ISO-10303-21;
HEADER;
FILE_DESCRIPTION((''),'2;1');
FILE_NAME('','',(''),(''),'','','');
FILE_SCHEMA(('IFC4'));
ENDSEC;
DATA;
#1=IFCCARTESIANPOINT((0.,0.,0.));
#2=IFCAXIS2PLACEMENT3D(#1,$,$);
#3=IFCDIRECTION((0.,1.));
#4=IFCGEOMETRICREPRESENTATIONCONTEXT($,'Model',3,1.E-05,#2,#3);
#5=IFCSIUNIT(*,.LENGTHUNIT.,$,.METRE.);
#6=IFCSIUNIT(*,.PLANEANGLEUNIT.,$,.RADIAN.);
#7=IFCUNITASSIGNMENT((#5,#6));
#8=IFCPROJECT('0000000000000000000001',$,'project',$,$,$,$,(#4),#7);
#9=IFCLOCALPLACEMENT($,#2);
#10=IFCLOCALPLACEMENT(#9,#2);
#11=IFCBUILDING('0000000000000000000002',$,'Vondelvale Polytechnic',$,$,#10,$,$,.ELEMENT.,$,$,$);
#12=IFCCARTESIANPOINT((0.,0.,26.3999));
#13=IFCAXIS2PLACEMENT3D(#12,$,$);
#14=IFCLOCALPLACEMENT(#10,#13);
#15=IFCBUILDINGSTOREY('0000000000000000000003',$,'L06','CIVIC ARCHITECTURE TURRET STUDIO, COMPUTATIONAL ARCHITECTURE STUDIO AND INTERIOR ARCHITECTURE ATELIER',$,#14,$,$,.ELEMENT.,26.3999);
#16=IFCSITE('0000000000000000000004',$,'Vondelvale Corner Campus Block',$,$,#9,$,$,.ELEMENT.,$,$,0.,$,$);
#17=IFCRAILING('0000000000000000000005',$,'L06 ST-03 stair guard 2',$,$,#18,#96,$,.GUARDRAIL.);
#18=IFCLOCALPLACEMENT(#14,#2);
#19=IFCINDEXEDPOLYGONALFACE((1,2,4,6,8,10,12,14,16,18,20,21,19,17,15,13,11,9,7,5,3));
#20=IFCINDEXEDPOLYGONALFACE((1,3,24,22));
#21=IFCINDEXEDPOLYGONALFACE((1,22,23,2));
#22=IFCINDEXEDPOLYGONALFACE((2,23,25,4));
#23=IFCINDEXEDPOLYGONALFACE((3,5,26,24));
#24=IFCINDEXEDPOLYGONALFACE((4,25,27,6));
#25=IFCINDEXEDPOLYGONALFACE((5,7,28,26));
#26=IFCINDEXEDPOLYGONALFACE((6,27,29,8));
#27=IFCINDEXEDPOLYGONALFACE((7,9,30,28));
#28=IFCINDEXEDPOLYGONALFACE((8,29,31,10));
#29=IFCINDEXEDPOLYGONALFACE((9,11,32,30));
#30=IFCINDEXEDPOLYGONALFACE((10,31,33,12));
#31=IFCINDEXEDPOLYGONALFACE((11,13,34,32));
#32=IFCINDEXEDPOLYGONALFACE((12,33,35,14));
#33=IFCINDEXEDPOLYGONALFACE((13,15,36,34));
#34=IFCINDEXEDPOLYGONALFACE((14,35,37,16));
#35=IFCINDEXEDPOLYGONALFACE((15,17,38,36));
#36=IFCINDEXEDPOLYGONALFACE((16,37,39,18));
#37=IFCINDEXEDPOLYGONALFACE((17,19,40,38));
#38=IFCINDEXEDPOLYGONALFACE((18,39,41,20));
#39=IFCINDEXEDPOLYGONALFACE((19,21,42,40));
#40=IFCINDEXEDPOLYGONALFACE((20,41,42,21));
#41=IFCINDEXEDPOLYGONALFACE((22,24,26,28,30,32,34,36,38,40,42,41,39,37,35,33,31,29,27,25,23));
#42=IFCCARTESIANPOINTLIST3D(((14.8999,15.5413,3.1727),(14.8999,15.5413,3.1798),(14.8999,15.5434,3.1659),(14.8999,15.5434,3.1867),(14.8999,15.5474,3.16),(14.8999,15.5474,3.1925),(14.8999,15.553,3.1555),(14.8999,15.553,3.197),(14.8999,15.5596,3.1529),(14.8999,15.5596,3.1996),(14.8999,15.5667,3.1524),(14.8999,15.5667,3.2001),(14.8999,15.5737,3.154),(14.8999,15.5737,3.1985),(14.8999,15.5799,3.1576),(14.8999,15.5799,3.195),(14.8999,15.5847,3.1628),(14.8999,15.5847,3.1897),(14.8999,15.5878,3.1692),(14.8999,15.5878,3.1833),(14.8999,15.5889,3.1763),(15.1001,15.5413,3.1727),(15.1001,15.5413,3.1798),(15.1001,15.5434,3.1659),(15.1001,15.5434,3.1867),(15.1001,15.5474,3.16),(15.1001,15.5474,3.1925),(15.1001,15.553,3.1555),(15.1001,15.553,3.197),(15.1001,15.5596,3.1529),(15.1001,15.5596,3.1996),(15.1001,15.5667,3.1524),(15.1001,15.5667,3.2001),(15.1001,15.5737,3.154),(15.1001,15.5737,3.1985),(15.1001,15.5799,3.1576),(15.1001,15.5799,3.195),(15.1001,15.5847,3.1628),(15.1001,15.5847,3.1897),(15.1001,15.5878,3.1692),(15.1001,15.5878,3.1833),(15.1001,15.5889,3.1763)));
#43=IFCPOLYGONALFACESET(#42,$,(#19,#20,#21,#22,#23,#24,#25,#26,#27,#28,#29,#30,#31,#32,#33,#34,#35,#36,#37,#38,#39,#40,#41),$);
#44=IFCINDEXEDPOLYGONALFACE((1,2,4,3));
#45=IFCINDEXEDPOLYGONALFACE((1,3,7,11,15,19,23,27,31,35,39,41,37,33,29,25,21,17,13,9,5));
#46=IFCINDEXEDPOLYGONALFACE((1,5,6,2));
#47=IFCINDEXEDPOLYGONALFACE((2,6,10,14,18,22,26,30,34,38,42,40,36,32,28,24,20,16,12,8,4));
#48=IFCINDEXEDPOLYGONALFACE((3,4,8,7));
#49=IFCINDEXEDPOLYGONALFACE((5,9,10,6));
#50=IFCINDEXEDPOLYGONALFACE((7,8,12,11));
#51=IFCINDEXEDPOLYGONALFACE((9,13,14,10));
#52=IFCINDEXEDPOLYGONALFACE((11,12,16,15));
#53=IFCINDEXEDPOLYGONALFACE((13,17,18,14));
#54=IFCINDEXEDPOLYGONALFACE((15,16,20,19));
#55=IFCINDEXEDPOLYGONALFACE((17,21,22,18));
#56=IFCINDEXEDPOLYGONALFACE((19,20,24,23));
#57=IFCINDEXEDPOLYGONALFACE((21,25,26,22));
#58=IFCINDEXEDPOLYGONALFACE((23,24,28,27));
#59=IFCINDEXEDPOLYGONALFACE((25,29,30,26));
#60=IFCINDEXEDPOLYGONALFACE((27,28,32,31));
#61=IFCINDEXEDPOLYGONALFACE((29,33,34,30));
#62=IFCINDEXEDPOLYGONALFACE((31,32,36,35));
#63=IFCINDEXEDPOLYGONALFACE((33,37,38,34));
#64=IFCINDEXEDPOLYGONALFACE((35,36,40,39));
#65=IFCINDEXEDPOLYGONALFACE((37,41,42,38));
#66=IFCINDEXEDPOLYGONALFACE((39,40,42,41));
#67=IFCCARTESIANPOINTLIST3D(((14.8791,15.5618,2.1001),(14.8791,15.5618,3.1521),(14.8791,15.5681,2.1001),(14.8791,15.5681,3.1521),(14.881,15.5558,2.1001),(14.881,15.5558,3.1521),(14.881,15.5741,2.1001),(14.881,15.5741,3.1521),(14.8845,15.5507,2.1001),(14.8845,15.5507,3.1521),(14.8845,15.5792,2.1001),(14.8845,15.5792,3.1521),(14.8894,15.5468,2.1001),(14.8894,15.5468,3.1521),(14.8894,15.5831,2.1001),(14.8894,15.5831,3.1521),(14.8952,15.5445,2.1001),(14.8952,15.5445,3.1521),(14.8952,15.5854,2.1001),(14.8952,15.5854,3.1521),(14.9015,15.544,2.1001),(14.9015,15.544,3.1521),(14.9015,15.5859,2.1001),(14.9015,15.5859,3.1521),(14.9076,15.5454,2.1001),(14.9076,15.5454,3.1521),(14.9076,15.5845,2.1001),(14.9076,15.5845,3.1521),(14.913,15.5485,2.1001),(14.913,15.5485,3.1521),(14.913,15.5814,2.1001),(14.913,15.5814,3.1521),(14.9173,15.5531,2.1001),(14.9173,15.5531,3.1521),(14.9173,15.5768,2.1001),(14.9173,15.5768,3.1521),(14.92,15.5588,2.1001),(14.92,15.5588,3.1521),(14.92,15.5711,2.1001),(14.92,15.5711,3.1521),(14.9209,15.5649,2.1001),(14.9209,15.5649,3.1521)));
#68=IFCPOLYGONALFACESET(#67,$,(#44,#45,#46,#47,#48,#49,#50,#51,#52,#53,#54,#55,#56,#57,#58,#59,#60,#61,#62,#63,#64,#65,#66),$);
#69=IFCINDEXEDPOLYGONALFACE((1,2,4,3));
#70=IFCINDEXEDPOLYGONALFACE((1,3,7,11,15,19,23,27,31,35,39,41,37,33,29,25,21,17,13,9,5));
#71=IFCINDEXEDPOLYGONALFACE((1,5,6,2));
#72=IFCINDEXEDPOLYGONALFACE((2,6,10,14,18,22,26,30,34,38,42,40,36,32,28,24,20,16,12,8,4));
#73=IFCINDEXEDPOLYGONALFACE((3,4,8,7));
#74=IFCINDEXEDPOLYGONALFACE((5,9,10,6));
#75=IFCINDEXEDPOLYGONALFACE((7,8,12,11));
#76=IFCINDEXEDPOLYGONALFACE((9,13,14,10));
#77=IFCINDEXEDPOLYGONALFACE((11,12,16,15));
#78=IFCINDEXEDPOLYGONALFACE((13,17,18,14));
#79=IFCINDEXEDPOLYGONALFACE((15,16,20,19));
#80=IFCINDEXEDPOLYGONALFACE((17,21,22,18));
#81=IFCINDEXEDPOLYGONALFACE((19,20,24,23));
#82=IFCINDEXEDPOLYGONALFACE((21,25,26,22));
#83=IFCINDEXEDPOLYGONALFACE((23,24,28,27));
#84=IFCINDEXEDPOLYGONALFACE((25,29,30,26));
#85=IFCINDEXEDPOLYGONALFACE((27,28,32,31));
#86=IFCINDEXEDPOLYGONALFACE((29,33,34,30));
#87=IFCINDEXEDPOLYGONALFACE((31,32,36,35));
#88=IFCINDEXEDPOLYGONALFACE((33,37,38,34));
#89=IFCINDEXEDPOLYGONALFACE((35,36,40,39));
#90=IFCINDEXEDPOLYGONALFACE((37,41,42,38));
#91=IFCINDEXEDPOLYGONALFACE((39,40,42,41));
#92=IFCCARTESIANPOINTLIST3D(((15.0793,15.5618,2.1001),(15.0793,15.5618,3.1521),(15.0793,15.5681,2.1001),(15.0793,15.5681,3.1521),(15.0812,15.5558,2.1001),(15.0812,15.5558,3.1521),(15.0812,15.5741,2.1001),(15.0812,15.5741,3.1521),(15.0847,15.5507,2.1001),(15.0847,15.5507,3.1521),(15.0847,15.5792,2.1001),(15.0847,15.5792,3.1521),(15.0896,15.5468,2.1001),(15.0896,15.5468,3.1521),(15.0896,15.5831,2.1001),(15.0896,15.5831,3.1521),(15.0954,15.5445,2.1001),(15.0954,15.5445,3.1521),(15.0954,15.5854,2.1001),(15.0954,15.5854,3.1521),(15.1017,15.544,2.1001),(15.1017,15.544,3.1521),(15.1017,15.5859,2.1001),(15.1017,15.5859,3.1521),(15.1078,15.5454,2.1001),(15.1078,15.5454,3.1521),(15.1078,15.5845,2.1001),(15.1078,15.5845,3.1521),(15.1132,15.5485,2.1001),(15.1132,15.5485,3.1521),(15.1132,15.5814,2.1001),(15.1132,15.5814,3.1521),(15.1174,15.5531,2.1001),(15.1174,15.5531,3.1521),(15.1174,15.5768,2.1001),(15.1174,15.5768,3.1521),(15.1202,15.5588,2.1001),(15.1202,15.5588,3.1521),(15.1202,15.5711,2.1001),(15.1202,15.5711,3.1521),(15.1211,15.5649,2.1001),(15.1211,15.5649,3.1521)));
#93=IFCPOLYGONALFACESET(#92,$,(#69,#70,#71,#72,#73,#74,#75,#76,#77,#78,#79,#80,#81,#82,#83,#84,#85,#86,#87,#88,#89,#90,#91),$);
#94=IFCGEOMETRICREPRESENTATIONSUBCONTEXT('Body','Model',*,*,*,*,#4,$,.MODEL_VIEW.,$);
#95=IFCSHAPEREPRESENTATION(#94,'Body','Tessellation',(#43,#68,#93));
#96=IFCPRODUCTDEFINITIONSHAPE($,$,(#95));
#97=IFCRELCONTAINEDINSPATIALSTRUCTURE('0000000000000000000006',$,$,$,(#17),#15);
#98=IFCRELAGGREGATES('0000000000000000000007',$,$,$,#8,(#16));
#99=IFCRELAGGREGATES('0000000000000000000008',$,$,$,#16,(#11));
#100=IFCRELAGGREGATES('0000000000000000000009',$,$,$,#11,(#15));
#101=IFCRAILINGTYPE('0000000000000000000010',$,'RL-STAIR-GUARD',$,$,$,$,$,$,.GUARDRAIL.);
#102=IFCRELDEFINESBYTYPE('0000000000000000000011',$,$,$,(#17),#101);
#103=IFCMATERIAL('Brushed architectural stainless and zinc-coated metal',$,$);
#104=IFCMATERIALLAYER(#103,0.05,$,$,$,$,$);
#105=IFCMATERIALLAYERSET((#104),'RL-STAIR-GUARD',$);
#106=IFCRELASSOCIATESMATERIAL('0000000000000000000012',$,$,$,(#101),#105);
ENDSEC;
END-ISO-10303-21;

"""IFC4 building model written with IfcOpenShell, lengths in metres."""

from ifc_helpers import new_model, si_unit, direction, frame, origin, origin_2d, place, context, subcontext, project, spatial, circle, extrude, material, layer, layer_set, type_object, element, save


model = new_model("IFC4")

# Units and contexts
model_context = context("Model", 3, precision=1e-05, world=origin(), true_north=direction((0.0, 1.0)))
body_context = subcontext(model_context, "Body", "Model", "MODEL_VIEW")
ifc_project = project(units=[si_unit("LENGTHUNIT", "METRE"), si_unit("PLANEANGLEUNIT", "RADIAN")], contexts=[model_context])

# Site, building, storey
site_placement = place(None, origin())
site = spatial("IfcSite", under=ifc_project, at=site_placement, Name="Vondelvale Corner Campus Block", CompositionType="ELEMENT", RefElevation=0.0)
building_placement = place(site_placement, origin())
building = spatial("IfcBuilding", under=site, at=building_placement, Name="Vondelvale Polytechnic", CompositionType="ELEMENT")
storey_placement = place(building_placement, frame((0.0, 0.0, 26.3999)))
storey = spatial("IfcBuildingStorey", under=building, at=storey_placement, Name="L06", Description="CIVIC ARCHITECTURE TURRET STUDIO, COMPUTATIONAL ARCHITECTURE STUDIO AND INTERIOR ARCHITECTURE ATELIER", CompositionType="ELEMENT", Elevation=26.3999)

# Railing
ifc_material_1 = material(Name="Brushed architectural stainless and zinc-coated metal")
ifc_layer_1 = layer(ifc_material_1, 0.05)
ifc_layer_set_1 = layer_set([ifc_layer_1], Name="RL-STAIR-GUARD")
railing_type_1 = type_object("IfcRailingType", Name="RL-STAIR-GUARD", PredefinedType="GUARDRAIL", material=ifc_layer_set_1)
railing_1_placement = place(storey_placement, frame((14.8999, 15.5649, 2.1001)))
element("IfcRailing", 1, at=railing_1_placement, inside=storey, type_object=railing_type_1, Name="L06 ST-03 stair guard 2", PredefinedType="GUARDRAIL", context=body_context, shape_type="SweptSolid", body=[
    extrude(circle(Radius=0.0239, at=origin_2d()), frame((0.0, 0.0, 1.0762), z_axis=(1.0, 0.0, 0.0), x_axis=(0.0, 1.0, 0.0)), (0.0, 0.0, 1.0), 0.2002),
    extrude(circle(Radius=0.021, at=origin_2d()), origin(), (0.0, 0.0, 1.0), 1.052),
    extrude(circle(Radius=0.021, at=origin_2d()), frame((0.2002, 0.0, 0.0)), (0.0, 0.0, 1.0), 1.052),
])

save(model, "model.ifc")
